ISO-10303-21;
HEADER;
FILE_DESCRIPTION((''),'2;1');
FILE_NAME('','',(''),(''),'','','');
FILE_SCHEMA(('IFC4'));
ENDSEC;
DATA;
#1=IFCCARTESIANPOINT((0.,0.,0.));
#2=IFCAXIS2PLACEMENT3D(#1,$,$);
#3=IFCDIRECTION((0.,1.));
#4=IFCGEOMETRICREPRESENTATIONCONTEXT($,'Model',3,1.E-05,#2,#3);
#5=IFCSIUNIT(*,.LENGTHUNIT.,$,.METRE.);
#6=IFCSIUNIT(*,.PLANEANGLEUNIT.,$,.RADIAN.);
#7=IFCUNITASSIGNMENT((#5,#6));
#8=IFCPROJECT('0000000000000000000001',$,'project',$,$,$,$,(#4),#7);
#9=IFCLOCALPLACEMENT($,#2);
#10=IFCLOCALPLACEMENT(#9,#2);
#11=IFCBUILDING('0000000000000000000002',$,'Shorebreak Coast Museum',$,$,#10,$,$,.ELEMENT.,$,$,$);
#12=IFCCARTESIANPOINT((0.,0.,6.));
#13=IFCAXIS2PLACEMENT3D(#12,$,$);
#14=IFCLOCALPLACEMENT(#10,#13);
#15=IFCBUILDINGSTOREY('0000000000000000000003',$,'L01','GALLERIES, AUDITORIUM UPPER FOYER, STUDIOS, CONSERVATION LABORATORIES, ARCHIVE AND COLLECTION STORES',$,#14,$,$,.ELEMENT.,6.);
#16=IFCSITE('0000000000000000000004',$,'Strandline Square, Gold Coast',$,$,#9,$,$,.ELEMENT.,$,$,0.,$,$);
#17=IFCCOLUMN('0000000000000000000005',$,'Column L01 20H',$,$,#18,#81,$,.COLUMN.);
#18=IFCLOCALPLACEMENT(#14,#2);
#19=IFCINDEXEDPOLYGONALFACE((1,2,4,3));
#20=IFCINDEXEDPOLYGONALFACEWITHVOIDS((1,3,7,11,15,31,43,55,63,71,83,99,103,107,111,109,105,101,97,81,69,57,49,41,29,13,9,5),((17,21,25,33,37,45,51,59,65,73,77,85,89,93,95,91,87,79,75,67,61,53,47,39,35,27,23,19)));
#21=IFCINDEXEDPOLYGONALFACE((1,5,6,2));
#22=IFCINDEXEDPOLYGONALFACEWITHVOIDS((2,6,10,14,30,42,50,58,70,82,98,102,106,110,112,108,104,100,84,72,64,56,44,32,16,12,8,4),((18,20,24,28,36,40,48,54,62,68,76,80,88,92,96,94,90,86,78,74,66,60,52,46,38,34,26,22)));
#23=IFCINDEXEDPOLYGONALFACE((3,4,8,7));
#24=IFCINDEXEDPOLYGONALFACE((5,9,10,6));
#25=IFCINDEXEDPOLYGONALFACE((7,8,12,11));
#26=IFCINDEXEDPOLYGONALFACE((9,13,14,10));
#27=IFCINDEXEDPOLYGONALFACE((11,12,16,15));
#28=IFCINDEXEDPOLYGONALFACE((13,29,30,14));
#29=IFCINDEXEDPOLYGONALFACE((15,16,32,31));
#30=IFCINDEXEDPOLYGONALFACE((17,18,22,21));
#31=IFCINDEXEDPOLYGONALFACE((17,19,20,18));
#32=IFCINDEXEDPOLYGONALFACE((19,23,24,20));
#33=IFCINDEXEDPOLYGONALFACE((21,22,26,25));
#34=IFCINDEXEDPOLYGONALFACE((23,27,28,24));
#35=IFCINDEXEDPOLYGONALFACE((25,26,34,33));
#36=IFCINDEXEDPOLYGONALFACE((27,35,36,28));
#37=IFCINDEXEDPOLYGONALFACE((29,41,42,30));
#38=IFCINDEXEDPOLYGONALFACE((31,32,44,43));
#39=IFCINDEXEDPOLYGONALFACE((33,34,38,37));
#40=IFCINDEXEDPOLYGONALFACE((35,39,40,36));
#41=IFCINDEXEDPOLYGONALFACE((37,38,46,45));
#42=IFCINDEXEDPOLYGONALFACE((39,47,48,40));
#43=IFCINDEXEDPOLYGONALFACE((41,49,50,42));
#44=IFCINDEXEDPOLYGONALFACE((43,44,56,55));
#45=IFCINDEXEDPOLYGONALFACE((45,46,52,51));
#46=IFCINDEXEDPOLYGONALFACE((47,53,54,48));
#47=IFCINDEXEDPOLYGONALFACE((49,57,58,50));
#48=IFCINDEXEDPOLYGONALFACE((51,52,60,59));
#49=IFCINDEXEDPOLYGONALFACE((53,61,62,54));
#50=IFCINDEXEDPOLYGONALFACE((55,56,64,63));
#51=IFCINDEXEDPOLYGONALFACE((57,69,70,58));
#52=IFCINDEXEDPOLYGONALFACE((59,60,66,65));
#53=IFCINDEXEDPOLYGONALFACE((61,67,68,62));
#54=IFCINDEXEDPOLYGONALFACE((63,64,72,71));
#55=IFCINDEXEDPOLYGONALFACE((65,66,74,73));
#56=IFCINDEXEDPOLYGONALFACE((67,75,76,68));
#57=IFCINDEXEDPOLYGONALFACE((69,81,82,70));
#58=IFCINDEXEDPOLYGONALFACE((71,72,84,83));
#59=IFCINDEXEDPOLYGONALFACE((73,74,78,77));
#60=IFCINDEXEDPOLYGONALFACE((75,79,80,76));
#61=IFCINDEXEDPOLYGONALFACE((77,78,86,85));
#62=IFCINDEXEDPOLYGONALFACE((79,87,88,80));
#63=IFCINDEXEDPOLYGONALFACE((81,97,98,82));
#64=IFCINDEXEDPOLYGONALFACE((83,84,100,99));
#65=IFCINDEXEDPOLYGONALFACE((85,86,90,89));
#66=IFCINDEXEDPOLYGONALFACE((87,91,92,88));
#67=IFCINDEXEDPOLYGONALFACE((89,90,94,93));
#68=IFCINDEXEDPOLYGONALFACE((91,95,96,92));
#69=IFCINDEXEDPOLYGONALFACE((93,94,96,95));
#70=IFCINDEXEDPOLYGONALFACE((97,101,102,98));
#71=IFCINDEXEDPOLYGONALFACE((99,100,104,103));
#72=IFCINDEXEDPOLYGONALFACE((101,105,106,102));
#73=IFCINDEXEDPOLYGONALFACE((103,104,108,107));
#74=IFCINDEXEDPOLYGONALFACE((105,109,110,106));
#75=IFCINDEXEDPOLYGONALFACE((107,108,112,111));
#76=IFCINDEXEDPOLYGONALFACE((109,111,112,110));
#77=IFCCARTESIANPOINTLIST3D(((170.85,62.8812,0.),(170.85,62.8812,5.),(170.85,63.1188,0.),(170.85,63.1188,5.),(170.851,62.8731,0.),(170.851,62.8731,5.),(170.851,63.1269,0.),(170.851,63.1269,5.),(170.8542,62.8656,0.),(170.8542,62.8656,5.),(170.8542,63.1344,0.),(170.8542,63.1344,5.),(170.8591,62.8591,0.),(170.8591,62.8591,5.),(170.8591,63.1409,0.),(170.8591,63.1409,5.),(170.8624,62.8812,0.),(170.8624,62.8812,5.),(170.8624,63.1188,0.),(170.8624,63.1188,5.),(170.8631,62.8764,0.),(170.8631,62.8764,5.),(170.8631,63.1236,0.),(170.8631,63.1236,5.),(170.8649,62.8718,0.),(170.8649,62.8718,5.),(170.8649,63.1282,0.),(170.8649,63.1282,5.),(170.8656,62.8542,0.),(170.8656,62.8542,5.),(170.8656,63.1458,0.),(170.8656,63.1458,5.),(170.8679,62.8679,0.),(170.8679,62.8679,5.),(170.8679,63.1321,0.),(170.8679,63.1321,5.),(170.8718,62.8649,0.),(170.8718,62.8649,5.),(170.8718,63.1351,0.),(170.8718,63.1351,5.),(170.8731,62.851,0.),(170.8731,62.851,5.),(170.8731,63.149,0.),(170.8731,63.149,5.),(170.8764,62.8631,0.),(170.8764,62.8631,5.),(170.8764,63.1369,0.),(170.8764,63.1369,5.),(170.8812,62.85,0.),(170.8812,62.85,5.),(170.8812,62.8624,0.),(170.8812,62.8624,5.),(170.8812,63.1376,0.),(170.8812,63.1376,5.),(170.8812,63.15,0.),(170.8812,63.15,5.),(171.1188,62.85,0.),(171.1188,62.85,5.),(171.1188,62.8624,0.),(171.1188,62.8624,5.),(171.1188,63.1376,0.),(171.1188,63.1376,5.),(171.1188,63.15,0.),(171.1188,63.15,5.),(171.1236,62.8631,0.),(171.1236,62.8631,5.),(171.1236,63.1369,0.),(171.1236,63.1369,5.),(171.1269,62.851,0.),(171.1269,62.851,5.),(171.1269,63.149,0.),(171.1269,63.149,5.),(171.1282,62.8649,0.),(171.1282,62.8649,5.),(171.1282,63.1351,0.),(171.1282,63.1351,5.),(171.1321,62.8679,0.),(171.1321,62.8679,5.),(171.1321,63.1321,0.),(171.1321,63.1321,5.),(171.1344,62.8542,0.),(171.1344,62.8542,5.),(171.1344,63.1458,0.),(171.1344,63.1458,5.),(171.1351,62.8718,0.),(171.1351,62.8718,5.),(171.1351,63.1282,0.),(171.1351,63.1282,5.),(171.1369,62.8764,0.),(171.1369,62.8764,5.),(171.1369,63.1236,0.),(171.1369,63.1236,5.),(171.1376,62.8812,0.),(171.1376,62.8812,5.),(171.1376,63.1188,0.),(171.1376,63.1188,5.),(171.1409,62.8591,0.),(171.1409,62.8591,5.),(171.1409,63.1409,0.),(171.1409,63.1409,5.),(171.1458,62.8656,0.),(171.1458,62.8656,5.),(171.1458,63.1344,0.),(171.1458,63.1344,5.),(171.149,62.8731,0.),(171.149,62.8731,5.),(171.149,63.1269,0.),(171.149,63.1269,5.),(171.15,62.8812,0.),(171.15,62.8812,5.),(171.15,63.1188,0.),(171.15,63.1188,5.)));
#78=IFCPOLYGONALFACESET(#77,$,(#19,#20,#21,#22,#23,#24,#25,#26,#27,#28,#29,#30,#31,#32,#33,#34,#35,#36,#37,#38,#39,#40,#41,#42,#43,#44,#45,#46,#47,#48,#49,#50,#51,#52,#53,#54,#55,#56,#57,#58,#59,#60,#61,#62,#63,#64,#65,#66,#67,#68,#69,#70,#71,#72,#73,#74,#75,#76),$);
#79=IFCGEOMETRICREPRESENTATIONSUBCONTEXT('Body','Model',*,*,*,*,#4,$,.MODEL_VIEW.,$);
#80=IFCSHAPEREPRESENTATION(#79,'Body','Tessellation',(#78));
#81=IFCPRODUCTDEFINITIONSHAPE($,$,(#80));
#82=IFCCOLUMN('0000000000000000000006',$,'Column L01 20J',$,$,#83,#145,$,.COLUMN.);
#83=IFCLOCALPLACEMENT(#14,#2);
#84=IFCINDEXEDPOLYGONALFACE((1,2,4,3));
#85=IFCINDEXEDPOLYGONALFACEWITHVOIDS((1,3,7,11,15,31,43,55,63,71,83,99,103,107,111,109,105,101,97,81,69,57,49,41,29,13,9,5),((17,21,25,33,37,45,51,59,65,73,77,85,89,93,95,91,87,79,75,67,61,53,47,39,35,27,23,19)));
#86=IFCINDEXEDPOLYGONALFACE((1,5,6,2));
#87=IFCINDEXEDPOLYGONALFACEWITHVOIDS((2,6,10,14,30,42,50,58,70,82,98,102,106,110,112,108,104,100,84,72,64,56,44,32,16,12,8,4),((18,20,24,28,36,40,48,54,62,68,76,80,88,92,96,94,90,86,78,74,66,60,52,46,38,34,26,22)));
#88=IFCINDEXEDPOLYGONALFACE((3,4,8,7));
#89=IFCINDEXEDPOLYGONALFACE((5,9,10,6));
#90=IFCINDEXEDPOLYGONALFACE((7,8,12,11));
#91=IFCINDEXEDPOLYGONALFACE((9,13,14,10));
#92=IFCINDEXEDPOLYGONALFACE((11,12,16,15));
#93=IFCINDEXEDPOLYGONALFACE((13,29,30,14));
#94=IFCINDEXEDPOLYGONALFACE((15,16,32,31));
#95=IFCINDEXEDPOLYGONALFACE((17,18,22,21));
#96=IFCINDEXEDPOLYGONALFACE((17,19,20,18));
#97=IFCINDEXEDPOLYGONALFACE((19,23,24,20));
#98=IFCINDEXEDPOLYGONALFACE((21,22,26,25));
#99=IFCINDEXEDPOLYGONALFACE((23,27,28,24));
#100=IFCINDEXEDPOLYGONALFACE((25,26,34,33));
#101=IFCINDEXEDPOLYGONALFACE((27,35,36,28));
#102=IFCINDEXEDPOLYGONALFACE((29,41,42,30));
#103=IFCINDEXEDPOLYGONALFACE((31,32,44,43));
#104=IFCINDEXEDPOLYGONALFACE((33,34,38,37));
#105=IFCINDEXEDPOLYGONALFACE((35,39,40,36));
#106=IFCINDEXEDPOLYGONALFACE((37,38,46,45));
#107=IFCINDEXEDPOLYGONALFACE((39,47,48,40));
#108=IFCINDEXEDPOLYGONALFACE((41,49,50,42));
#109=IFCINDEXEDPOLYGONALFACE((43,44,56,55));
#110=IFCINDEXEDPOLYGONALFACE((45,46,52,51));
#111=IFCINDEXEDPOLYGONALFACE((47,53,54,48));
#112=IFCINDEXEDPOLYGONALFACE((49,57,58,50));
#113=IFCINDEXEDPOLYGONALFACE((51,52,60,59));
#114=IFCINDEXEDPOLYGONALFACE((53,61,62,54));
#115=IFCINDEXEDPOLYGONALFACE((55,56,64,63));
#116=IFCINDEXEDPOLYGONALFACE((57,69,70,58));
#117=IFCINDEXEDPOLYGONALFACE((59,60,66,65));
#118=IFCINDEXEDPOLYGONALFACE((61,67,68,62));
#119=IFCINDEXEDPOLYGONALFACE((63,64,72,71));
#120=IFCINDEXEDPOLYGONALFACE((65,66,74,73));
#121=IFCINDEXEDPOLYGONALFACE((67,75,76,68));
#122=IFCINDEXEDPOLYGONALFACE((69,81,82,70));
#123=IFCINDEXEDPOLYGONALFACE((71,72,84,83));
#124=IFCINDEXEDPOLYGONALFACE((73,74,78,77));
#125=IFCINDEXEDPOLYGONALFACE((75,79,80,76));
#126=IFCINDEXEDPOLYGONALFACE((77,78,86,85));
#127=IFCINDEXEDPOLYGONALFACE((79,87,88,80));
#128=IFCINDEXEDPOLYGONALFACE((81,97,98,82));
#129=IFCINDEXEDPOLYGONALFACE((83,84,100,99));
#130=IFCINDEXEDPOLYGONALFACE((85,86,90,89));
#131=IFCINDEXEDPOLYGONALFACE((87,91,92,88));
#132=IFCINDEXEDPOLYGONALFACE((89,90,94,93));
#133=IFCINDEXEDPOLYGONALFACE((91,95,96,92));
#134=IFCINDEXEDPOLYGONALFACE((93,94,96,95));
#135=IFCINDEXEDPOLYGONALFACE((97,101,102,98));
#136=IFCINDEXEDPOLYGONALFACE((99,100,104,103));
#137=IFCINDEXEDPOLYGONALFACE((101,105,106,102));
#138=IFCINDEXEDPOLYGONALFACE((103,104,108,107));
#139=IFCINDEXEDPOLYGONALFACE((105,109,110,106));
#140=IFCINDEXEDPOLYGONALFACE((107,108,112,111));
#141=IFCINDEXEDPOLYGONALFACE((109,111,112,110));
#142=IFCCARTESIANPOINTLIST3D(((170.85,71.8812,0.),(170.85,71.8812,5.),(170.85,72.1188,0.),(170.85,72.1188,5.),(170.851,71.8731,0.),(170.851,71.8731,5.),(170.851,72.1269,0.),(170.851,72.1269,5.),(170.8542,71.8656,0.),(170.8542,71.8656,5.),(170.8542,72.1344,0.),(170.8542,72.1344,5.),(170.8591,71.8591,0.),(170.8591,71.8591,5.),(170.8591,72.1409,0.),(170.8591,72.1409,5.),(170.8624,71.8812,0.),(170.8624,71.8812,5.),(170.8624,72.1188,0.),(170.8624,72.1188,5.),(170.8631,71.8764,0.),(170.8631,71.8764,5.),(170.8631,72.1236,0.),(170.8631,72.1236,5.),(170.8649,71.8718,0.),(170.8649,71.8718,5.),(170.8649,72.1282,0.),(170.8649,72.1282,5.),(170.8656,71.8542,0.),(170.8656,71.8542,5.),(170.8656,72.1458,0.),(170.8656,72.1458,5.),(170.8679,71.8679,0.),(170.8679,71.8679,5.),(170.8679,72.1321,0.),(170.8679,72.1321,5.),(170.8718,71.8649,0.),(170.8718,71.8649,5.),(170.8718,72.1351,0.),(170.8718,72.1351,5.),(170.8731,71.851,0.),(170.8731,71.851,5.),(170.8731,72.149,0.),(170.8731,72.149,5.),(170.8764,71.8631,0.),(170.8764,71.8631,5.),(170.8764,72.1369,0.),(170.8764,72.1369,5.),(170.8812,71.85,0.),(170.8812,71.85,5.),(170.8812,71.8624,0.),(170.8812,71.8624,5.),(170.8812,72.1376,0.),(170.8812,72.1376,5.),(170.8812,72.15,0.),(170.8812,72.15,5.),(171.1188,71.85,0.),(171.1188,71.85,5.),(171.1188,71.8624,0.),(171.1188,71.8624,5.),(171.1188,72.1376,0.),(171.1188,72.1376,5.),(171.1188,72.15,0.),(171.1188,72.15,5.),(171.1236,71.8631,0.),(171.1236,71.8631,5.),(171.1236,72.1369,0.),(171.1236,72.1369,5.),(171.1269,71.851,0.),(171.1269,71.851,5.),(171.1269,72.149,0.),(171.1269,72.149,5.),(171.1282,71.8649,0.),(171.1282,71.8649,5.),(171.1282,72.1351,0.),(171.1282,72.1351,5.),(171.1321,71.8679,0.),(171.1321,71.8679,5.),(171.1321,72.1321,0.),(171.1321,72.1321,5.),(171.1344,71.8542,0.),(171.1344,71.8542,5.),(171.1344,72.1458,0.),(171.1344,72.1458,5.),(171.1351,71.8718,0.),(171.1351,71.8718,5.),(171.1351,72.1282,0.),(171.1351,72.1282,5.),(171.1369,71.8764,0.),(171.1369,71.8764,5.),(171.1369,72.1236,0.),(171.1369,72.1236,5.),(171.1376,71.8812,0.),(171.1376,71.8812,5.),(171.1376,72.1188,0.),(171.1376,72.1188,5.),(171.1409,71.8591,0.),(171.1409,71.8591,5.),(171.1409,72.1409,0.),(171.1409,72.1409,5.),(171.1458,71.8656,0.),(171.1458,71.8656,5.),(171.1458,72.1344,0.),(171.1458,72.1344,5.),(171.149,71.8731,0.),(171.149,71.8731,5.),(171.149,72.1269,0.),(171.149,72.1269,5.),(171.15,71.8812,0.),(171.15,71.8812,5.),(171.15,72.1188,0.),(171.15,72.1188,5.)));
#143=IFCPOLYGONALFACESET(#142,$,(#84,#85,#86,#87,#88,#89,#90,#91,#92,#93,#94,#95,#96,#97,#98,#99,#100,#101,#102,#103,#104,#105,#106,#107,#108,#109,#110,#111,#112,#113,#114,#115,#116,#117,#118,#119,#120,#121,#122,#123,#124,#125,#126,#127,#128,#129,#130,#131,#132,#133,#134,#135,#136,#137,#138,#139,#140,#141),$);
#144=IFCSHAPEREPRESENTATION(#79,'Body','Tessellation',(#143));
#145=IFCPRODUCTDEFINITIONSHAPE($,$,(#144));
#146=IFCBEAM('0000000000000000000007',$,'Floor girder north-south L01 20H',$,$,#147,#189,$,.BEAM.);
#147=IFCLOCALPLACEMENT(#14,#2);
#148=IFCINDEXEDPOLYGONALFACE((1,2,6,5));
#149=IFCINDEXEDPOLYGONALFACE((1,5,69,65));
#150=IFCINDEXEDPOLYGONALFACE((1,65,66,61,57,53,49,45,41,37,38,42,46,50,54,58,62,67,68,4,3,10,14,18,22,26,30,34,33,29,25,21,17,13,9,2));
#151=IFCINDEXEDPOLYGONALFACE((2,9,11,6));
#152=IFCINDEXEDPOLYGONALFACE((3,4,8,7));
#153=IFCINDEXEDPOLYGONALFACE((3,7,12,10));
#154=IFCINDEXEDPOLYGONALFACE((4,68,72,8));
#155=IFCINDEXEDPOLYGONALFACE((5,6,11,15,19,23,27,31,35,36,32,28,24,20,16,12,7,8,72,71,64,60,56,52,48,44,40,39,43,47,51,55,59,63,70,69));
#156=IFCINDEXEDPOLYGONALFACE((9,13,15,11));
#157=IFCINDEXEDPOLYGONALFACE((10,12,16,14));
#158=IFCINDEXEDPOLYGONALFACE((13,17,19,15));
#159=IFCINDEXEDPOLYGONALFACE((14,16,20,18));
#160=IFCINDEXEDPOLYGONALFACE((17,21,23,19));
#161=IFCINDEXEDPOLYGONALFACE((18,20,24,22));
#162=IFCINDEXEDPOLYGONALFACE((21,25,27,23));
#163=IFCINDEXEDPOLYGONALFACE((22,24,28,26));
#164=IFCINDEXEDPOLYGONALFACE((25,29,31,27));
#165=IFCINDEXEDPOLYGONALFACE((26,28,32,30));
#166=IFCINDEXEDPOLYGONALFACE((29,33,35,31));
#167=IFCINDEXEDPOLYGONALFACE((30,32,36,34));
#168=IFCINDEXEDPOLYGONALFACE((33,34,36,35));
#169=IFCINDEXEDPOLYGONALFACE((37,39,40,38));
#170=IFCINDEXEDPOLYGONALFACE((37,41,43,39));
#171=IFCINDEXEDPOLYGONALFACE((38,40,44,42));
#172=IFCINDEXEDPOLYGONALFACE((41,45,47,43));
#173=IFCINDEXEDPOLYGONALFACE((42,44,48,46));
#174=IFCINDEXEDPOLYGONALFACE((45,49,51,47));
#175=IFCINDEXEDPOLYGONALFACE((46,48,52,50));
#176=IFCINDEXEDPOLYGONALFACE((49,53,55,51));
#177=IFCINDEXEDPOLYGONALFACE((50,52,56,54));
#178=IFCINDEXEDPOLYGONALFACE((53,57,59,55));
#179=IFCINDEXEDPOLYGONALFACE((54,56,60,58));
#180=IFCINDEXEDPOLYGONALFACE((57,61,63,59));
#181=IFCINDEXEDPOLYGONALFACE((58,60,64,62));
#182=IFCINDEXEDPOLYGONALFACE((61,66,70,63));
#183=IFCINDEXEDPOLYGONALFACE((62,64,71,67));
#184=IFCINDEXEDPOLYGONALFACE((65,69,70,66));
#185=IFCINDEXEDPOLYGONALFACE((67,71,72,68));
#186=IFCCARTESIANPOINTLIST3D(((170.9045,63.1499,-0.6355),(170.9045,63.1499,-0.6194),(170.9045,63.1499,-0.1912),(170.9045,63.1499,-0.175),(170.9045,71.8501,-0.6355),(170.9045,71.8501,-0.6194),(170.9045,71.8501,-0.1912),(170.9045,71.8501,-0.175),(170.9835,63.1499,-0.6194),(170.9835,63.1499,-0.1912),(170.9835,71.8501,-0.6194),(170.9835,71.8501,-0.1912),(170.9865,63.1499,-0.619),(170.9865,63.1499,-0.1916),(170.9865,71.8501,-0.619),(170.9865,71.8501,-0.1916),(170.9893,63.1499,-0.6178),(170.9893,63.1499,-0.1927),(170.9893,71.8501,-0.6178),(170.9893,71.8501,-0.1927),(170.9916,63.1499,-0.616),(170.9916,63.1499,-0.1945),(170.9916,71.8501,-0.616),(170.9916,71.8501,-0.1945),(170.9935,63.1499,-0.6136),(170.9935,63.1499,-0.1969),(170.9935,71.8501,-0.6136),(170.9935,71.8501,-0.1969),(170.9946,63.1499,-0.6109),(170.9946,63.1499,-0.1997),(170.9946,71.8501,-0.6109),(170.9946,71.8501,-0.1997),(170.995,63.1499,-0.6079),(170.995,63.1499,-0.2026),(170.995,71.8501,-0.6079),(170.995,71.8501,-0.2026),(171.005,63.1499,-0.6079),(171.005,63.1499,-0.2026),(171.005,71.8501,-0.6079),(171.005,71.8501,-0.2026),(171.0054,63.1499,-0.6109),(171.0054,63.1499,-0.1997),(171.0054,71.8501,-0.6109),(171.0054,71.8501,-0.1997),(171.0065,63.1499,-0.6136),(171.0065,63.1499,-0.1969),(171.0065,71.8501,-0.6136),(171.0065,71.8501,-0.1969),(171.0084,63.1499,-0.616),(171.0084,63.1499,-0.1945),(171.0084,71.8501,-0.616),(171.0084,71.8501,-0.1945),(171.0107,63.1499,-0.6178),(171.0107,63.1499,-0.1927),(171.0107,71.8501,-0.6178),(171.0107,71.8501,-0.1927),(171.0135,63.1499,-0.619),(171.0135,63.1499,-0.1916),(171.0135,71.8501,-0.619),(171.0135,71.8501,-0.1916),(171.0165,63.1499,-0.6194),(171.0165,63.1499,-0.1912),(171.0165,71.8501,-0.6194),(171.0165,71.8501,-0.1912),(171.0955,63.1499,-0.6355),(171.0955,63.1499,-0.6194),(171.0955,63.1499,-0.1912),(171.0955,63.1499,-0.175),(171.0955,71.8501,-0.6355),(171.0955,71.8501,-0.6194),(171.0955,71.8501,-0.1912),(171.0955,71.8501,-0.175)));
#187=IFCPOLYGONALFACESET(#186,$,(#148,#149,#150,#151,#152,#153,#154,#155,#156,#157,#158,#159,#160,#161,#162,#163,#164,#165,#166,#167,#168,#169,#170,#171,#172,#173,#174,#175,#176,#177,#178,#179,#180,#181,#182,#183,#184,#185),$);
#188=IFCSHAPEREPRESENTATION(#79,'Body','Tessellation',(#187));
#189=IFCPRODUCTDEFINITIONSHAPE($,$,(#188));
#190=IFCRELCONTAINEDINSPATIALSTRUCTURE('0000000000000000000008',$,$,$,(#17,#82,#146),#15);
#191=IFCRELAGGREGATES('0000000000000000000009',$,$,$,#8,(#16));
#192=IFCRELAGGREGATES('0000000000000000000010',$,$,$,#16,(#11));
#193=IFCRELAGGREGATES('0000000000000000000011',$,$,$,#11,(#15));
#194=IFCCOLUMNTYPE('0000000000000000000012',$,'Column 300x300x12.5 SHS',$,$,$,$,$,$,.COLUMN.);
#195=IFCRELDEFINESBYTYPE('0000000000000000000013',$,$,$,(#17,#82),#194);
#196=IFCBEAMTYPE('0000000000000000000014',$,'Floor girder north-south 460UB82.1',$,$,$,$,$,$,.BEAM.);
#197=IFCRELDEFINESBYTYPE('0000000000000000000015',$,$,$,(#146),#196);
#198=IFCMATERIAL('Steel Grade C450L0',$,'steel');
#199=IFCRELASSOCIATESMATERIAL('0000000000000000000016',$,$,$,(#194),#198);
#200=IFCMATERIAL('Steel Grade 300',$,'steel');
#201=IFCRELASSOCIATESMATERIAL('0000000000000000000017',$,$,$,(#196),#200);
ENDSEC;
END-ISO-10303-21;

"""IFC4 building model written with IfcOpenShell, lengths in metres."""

from ifc_helpers import new_model, si_unit, direction, frame, origin, origin_2d, place, context, subcontext, project, spatial, hollow_rectangle, i_section, extrude, material, material_profile, profile_set, type_object, element, save


model = new_model("IFC4")

# Units and contexts
model_context = context("Model", 3, precision=1e-05, world=origin(), true_north=direction((0.0, 1.0)))
body_context = subcontext(model_context, "Body", "Model", "MODEL_VIEW")
ifc_project = project(units=[si_unit("LENGTHUNIT", "METRE"), si_unit("PLANEANGLEUNIT", "RADIAN")], contexts=[model_context])

# Site, building, storey
site_placement = place(None, origin())
site = spatial("IfcSite", under=ifc_project, at=site_placement, Name="Strandline Square, Gold Coast", CompositionType="ELEMENT", RefElevation=0.0)
building_placement = place(site_placement, origin())
building = spatial("IfcBuilding", under=site, at=building_placement, Name="Shorebreak Coast Museum", CompositionType="ELEMENT")
storey_placement = place(building_placement, frame((0.0, 0.0, 6.0)))
storey = spatial("IfcBuildingStorey", under=building, at=storey_placement, Name="L01", Description="GALLERIES, AUDITORIUM UPPER FOYER, STUDIOS, CONSERVATION LABORATORIES, ARCHIVE AND COLLECTION STORES", CompositionType="ELEMENT", Elevation=6.0)

# Columns
ifc_material_1 = material(Name="Steel Grade C450L0", Category="steel")
ifc_material_profile_1 = material_profile(ifc_material_1, hollow_rectangle(XDim=0.3, YDim=0.3, WallThickness=0.0125, InnerFilletRadius=0.0188, OuterFilletRadius=0.0312, at=origin_2d()), Name="300x300x12.5 SHS")
ifc_profile_set_1 = profile_set([ifc_material_profile_1], Name="Steel Grade C450L0")
column_type = type_object("IfcColumnType", Name="Column 300x300x12.5 SHS", PredefinedType="COLUMN", material=ifc_profile_set_1)
for number, where, z_axis, x_axis, name in (
    (1, (171.0, 63.0, 0.0), (0.0, 0.0, 1.0), (1.0, 0.0, 0.0), "Column L01 20H"),
    (2, (171.0, 72.0, 0.0), (0.0, 0.0, 1.0), (1.0, 0.0, 0.0), "Column L01 20J"),
):
    element("IfcColumn", number, at=place(storey_placement, frame(where, z_axis=z_axis, x_axis=x_axis)), inside=storey, type_object=column_type, Name=name, PredefinedType="COLUMN", context=body_context, shape_type="SweptSolid", body=[
        extrude(hollow_rectangle(XDim=0.3, YDim=0.3, WallThickness=0.0125, InnerFilletRadius=0.0188, OuterFilletRadius=0.0312, at=origin_2d()), origin(), (0.0, 0.0, 1.0), 5.0),
    ])

# Beam
ifc_material_2 = material(Name="Steel Grade 300", Category="steel")
ifc_material_profile_2 = material_profile(ifc_material_2, i_section(OverallWidth=0.1909, OverallDepth=0.4604, WebThickness=0.01, FlangeThickness=0.0161, FilletRadius=0.0115, at=origin_2d()), Name="460UB82.1")
ifc_profile_set_2 = profile_set([ifc_material_profile_2], Name="Steel Grade 300")
beam_type = type_object("IfcBeamType", Name="Floor girder north-south 460UB82.1", PredefinedType="BEAM", material=ifc_profile_set_2)
for number, where, z_axis, x_axis, name in (
    (3, (171.0, 63.1499, -0.4053), (0.0, 1.0, 0.0), (-1.0, 0.0, 0.0), "Floor girder north-south L01 20H"),
):
    element("IfcBeam", number, at=place(storey_placement, frame(where, z_axis=z_axis, x_axis=x_axis)), inside=storey, type_object=beam_type, Name=name, PredefinedType="BEAM", context=body_context, shape_type="SweptSolid", body=[
        extrude(i_section(OverallWidth=0.1909, OverallDepth=0.4604, WebThickness=0.01, FlangeThickness=0.0161, FilletRadius=0.0115, at=origin_2d()), origin(), (0.0, 0.0, 1.0), 8.7002),
    ])

save(model, "model.ifc")
